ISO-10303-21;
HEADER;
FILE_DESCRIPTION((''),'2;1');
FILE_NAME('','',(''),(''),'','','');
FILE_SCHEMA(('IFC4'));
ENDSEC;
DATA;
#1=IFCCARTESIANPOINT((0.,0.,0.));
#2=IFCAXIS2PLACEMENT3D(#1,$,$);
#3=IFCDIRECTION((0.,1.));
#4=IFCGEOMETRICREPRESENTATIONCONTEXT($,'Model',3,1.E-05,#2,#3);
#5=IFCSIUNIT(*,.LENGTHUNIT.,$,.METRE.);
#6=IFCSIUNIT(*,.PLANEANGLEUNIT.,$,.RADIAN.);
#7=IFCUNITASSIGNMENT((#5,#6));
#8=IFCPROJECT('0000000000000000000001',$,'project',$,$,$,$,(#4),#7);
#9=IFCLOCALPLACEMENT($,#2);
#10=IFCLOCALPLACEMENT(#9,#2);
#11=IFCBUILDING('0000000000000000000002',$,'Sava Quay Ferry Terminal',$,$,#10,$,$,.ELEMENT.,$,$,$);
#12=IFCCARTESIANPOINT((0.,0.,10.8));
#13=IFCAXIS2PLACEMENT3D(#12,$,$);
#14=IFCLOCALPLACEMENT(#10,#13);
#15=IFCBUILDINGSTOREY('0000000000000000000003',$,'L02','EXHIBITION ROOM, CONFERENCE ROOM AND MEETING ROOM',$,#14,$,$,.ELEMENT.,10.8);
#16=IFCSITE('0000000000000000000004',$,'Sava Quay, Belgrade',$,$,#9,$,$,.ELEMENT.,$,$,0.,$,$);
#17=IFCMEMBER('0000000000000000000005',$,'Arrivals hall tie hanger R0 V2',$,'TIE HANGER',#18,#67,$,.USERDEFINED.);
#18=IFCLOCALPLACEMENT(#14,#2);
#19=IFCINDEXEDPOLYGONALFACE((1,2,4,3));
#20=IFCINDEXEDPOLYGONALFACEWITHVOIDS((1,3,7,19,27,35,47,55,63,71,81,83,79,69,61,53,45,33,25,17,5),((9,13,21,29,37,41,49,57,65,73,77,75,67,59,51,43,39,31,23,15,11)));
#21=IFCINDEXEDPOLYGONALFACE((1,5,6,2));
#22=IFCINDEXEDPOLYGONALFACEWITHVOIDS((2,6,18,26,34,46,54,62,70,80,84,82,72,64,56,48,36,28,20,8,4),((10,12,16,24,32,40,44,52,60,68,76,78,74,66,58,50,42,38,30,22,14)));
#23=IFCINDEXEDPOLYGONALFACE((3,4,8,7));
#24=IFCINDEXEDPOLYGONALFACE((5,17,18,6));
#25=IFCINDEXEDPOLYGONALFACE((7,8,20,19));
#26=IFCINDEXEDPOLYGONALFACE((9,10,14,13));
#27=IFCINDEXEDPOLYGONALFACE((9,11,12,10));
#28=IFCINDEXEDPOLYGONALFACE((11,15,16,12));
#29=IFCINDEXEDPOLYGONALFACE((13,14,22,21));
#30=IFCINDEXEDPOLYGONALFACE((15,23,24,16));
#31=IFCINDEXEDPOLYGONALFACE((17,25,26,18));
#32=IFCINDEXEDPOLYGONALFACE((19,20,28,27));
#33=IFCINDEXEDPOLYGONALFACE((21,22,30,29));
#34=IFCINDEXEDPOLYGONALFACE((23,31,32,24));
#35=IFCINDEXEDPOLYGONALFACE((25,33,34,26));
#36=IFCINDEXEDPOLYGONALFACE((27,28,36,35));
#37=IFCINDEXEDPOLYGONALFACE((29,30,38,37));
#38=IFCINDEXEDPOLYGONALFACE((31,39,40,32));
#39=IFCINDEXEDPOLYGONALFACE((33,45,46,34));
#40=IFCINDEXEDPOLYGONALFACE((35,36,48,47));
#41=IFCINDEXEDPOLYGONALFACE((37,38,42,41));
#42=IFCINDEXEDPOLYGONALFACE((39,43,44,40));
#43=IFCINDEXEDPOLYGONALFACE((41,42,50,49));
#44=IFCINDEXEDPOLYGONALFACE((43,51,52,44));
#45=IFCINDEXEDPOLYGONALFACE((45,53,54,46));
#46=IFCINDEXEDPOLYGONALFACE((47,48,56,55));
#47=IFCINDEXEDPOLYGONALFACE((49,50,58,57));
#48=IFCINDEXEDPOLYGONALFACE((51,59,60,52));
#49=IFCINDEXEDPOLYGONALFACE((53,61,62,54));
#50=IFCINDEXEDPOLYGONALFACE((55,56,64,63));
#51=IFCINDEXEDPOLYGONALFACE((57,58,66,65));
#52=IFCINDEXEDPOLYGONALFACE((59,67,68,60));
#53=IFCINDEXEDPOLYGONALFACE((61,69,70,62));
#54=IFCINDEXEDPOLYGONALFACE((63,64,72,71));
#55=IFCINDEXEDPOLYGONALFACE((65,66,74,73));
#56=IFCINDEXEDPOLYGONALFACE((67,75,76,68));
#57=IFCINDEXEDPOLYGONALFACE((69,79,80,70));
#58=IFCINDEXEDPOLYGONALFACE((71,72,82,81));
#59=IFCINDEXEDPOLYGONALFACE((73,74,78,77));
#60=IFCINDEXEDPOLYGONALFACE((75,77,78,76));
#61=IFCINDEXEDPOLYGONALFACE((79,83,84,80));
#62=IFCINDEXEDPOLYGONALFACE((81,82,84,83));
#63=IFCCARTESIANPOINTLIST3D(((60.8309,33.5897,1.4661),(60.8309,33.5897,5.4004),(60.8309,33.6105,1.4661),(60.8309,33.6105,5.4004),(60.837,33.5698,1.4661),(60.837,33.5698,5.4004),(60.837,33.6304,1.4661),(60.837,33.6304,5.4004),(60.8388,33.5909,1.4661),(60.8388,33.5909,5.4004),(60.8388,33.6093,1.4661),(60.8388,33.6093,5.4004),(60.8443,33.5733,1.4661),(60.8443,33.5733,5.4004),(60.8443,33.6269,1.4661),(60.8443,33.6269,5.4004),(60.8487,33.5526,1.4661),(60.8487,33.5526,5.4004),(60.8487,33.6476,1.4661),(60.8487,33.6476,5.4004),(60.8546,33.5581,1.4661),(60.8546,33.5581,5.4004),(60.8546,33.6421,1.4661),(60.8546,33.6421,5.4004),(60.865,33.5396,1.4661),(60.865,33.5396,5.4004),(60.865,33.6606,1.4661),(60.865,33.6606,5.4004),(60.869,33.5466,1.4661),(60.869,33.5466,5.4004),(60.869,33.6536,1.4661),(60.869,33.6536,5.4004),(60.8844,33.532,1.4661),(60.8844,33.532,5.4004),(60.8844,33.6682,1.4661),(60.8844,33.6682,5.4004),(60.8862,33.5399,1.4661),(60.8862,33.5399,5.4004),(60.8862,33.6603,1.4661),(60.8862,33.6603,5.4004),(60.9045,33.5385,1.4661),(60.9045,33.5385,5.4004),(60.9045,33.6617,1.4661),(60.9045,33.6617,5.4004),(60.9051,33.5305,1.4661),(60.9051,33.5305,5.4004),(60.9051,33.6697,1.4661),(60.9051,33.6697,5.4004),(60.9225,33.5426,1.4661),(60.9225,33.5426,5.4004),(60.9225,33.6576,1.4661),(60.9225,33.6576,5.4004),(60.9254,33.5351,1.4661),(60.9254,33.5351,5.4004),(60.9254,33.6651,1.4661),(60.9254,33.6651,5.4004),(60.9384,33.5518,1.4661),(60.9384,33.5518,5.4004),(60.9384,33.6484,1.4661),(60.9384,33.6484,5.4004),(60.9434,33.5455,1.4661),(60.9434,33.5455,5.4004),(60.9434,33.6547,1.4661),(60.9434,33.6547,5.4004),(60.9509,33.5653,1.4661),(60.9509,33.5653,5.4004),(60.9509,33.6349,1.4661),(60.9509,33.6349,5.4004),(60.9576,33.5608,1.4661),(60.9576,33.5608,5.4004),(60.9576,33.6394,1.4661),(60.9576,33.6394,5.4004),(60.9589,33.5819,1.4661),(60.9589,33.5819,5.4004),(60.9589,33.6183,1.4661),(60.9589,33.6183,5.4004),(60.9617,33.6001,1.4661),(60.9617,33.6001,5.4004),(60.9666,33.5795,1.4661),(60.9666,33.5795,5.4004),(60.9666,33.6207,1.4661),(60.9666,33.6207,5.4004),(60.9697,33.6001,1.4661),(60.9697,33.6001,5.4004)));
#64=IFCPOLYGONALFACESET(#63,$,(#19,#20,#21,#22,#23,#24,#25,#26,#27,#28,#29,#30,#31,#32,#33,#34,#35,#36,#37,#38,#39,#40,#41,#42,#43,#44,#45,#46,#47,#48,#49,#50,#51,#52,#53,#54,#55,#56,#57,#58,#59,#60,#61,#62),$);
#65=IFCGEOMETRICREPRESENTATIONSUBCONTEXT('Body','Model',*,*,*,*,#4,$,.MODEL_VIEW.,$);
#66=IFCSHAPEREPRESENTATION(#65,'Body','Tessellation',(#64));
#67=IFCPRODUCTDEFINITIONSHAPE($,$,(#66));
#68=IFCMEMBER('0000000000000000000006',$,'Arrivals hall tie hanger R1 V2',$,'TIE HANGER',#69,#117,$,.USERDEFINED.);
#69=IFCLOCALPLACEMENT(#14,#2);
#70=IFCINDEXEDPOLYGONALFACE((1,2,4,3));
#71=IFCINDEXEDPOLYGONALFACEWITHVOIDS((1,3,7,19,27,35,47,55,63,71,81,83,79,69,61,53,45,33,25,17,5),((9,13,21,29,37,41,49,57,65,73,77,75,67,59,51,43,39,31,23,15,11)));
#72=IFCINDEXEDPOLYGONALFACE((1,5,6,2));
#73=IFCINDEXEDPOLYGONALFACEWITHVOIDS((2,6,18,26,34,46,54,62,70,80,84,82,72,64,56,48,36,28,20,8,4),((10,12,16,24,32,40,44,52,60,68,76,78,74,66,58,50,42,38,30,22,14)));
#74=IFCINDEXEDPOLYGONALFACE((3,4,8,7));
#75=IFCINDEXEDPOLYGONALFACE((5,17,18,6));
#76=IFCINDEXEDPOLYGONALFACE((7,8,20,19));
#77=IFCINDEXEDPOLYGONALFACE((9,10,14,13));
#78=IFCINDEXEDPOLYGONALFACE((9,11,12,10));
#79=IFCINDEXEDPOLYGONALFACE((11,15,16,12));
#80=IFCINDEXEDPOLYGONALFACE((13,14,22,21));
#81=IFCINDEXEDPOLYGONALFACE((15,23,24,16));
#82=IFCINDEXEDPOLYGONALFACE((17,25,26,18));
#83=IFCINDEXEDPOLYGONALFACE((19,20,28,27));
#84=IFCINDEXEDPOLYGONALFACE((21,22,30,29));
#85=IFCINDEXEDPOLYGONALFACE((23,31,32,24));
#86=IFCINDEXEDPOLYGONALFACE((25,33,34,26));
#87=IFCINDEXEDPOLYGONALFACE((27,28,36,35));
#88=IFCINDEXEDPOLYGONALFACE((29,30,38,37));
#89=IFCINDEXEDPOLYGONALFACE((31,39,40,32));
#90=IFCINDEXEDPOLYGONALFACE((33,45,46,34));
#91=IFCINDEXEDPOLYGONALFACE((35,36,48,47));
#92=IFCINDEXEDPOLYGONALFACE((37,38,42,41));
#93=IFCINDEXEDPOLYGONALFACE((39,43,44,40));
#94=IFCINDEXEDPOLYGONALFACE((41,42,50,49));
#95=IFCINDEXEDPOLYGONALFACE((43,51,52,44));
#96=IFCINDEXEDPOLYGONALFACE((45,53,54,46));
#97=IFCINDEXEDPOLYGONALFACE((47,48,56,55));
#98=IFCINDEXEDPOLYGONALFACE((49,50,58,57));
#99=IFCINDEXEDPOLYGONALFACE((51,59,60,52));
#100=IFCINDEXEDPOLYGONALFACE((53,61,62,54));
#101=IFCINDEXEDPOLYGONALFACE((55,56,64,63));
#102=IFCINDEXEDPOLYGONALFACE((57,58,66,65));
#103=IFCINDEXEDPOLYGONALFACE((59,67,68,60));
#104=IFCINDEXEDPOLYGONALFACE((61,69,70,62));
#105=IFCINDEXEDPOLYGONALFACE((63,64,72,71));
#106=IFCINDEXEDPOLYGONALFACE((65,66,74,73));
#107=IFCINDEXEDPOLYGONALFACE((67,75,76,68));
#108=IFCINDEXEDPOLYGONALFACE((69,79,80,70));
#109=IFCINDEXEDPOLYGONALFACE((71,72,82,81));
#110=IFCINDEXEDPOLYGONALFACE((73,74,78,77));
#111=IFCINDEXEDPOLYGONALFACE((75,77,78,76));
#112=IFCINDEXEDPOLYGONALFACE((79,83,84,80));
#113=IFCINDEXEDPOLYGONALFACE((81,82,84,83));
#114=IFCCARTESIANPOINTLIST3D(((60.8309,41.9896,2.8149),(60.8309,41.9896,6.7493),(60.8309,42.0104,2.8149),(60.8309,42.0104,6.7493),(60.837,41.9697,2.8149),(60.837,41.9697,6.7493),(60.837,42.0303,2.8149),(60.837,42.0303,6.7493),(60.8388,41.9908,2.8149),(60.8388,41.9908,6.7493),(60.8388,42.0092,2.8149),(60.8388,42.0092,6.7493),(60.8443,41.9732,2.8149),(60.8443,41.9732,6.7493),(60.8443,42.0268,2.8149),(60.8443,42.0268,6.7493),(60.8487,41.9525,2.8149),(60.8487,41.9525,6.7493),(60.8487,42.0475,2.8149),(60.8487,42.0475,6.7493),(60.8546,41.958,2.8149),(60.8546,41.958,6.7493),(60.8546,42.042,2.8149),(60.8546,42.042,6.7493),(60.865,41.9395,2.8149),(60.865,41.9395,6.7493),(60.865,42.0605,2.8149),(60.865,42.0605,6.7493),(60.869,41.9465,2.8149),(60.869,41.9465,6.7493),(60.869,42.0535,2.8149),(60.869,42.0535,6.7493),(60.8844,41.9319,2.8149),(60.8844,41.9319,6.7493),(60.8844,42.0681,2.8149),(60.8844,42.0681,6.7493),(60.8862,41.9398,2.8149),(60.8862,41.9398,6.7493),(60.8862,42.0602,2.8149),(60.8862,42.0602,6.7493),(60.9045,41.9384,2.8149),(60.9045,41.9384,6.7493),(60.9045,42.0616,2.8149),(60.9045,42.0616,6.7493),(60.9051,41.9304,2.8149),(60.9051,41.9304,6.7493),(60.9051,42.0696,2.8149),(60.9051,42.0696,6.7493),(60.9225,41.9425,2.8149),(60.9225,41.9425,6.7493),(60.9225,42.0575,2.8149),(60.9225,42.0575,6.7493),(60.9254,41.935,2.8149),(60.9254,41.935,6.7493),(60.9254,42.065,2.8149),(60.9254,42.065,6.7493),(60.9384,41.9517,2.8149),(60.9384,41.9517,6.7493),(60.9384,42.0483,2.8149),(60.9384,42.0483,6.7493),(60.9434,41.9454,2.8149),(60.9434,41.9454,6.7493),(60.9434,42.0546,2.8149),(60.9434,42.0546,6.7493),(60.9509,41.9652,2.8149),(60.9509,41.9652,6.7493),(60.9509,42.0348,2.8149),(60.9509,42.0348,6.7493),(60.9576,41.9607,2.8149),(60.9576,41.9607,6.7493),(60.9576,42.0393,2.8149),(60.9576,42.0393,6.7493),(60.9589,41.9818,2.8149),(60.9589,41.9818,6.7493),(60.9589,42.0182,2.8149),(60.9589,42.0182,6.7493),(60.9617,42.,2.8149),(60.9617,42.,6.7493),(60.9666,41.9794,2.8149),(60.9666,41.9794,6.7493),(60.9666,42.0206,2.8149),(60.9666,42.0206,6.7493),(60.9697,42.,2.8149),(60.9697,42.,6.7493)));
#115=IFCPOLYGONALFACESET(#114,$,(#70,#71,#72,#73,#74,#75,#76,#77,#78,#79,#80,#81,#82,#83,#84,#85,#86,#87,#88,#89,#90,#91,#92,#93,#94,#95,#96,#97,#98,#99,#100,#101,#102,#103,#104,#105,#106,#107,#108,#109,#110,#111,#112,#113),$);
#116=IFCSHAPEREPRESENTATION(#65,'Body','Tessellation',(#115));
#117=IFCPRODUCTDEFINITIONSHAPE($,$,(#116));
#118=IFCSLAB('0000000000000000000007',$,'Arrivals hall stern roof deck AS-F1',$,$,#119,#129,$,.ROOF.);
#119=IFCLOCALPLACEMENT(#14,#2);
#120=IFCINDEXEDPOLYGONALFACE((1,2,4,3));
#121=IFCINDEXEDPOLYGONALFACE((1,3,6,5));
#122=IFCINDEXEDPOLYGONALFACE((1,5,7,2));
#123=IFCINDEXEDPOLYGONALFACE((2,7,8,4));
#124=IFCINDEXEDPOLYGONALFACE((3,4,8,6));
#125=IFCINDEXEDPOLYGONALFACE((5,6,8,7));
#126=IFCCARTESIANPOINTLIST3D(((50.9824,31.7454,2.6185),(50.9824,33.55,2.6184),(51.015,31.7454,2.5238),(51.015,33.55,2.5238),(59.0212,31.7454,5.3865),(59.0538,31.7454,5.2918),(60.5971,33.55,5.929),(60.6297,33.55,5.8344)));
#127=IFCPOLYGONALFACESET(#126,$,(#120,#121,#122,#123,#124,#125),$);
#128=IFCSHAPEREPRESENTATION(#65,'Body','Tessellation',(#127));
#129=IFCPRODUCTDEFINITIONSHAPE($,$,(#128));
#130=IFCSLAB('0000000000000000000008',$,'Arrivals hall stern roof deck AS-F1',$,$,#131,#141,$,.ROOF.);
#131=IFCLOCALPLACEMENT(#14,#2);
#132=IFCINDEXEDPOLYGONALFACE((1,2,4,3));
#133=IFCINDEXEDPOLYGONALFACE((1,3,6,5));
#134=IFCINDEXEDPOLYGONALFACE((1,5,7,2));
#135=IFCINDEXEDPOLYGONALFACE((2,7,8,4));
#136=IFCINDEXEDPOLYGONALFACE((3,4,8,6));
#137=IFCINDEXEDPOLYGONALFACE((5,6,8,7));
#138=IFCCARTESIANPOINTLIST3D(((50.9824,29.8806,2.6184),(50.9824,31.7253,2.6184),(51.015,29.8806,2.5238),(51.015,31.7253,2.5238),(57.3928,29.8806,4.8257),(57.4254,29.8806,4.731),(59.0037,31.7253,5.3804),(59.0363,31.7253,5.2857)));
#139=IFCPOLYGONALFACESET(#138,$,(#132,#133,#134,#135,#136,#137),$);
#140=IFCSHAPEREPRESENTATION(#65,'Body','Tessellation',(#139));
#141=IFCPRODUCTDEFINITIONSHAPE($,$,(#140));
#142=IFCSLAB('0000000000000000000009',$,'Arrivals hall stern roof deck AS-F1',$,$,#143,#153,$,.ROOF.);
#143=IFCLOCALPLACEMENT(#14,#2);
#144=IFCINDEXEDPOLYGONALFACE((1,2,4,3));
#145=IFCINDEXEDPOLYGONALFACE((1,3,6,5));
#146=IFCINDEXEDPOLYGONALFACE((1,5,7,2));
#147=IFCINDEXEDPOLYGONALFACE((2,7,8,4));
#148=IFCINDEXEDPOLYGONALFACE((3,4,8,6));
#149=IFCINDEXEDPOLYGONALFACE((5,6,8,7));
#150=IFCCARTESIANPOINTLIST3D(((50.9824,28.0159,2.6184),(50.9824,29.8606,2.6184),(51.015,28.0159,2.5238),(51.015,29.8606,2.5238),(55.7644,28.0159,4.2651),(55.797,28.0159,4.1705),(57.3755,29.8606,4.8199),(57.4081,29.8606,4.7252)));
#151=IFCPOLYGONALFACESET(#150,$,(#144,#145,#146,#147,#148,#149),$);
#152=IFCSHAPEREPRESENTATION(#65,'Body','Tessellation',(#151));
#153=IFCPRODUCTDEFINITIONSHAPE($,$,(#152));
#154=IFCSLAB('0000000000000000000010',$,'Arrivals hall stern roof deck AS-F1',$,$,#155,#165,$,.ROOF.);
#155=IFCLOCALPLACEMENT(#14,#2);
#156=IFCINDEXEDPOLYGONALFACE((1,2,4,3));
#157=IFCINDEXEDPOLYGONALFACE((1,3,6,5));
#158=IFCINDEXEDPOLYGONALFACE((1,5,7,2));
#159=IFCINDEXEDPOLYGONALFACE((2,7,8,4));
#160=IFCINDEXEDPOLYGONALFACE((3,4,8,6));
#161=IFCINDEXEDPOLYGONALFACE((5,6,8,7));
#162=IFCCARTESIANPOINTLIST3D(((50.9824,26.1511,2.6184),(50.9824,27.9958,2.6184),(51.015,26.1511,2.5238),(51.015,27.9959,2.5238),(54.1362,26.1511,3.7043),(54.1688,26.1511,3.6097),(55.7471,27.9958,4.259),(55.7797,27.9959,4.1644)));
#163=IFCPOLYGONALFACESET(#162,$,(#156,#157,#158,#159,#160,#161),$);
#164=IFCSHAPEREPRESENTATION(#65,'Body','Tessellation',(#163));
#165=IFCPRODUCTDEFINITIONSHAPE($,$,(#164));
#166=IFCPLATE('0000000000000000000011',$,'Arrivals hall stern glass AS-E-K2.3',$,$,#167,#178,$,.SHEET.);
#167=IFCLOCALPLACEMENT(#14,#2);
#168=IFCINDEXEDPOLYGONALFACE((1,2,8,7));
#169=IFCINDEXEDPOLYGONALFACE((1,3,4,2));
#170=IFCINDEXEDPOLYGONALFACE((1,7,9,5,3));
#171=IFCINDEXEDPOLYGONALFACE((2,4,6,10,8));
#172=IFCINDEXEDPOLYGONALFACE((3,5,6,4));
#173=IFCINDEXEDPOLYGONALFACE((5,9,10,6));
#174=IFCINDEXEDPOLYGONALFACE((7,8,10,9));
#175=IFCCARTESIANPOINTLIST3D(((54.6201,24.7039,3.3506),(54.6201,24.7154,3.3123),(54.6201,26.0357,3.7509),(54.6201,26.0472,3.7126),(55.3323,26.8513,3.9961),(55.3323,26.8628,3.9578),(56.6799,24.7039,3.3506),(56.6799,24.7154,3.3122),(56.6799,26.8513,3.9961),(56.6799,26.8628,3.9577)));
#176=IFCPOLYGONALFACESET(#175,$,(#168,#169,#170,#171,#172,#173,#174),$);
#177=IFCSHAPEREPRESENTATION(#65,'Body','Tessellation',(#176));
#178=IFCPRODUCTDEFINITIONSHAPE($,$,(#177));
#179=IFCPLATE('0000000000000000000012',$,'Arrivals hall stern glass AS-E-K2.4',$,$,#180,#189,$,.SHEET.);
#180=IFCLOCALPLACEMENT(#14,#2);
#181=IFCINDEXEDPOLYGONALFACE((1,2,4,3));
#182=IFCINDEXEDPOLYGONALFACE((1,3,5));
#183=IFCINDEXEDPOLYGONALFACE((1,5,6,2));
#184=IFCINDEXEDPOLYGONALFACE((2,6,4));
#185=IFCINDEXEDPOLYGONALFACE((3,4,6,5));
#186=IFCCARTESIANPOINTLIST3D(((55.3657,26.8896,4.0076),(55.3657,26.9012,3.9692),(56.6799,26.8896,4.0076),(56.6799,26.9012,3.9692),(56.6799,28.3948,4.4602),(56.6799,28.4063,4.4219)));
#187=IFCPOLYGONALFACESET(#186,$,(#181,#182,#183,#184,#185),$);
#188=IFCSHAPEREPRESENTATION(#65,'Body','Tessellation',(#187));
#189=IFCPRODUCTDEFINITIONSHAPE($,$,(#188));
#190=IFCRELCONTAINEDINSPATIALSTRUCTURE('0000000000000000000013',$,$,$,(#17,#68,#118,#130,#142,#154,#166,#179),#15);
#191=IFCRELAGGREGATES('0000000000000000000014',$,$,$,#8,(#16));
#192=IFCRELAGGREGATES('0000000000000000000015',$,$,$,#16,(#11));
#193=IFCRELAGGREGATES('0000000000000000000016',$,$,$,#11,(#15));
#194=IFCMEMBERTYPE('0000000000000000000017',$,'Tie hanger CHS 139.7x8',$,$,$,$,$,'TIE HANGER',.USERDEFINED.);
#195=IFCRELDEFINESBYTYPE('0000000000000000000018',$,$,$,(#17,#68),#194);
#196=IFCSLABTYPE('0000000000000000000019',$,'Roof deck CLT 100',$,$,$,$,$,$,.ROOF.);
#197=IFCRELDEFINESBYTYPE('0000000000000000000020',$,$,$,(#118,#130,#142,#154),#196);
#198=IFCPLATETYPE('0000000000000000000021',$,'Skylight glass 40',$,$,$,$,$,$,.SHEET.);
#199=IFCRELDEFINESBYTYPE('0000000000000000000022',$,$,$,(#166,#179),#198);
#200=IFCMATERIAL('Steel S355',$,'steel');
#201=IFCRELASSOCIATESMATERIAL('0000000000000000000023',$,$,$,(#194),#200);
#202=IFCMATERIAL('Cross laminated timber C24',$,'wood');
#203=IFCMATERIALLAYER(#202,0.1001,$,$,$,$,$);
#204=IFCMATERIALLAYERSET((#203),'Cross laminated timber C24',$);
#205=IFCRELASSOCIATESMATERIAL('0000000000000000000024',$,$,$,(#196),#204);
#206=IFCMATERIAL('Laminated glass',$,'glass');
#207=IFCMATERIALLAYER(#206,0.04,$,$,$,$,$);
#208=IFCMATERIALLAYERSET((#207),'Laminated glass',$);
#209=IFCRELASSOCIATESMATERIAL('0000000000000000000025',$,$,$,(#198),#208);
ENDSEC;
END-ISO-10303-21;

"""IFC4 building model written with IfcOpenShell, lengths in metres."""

from ifc_helpers import new_model, si_unit, direction, frame, origin, origin_2d, place, context, subcontext, project, spatial, polyline, hollow_circle, outline, extrude, material, layer, layer_set, material_profile, profile_set, type_object, element, save


model = new_model("IFC4")

# Units and contexts
model_context = context("Model", 3, precision=1e-05, world=origin(), true_north=direction((0.0, 1.0)))
body_context = subcontext(model_context, "Body", "Model", "MODEL_VIEW")
ifc_project = project(units=[si_unit("LENGTHUNIT", "METRE"), si_unit("PLANEANGLEUNIT", "RADIAN")], contexts=[model_context])

# Site, building, storey
site_placement = place(None, origin())
site = spatial("IfcSite", under=ifc_project, at=site_placement, Name="Sava Quay, Belgrade", CompositionType="ELEMENT", RefElevation=0.0)
building_placement = place(site_placement, origin())
building = spatial("IfcBuilding", under=site, at=building_placement, Name="Sava Quay Ferry Terminal", CompositionType="ELEMENT")
storey_placement = place(building_placement, frame((0.0, 0.0, 10.8)))
storey = spatial("IfcBuildingStorey", under=building, at=storey_placement, Name="L02", Description="EXHIBITION ROOM, CONFERENCE ROOM AND MEETING ROOM", CompositionType="ELEMENT", Elevation=10.8)

# Members
ifc_material_1 = material(Name="Steel S355", Category="steel")
ifc_material_profile_1 = material_profile(ifc_material_1, hollow_circle(Radius=0.0698, WallThickness=0.0081, at=origin_2d()), Name="CHS 139.7 x 8.0")
ifc_profile_set_1 = profile_set([ifc_material_profile_1], Name="Steel S355")
member_type_1 = type_object("IfcMemberType", Name="Tie hanger CHS 139.7x8", ElementType="TIE HANGER", PredefinedType="USERDEFINED", material=ifc_profile_set_1)
for number, where, z_axis, x_axis, name in (
    (1, (60.8999, 33.6001, 1.4661), (0.0, 0.0, 1.0), (1.0, 0.0, 0.0), "Arrivals hall tie hanger R0 V2"),
    (2, (60.8999, 42.0, 2.8149), (0.0, 0.0, 1.0), (1.0, 0.0, 0.0), "Arrivals hall tie hanger R1 V2"),
):
    element("IfcMember", number, at=place(storey_placement, frame(where, z_axis=z_axis, x_axis=x_axis)), inside=storey, type_object=member_type_1, Name=name, ObjectType="TIE HANGER", PredefinedType="USERDEFINED", context=body_context, shape_type="SweptSolid", body=[
        extrude(hollow_circle(Radius=0.0698, WallThickness=0.0081, at=origin_2d()), origin(), (0.0, 0.0, 1.0), 3.9343),
    ])

# Slabs
ifc_material_2 = material(Name="Cross laminated timber C24", Category="wood")
ifc_layer_1 = layer(ifc_material_2, 0.1001)
ifc_layer_set_1 = layer_set([ifc_layer_1], Name="Cross laminated timber C24")
slab_type = type_object("IfcSlabType", Name="Roof deck CLT 100", PredefinedType="ROOF", material=ifc_layer_set_1)
slab_1_placement = place(storey_placement, frame((59.0212, 31.7454, 5.3865), z_axis=(-0.325568, 0.000041, 0.945519), x_axis=(-0.945519, 0.0, -0.325568)))
element("IfcSlab", 3, at=slab_1_placement, inside=storey, type_object=slab_type, Name="Arrivals hall stern roof deck AS-F1", PredefinedType="ROOF", context=body_context, shape_type="SweptSolid", body=[
    extrude(outline(polyline([(0.0, 0.0), (8.502, 0.0), (8.502, -1.8047), (-1.6667, -1.8047), (0.0, 0.0)])), origin(), (0.0, 0.0, -1.0), 0.1001),
])
slab_2_placement = place(storey_placement, frame((57.3928, 29.8806, 4.8257), z_axis=(-0.32557, -0.000007, 0.945518), x_axis=(-0.945518, 0.0, -0.32557)))
element("IfcSlab", 4, at=slab_2_placement, inside=storey, type_object=slab_type, Name="Arrivals hall stern roof deck AS-F1", PredefinedType="ROOF", context=body_context, shape_type="SweptSolid", body=[
    extrude(outline(polyline([(0.0, 0.0), (6.7798, 0.0), (6.7798, -1.8447), (-1.7037, -1.8447), (0.0, 0.0)])), origin(), (0.0, 0.0, -1.0), 0.1001),
])
slab_3_placement = place(storey_placement, frame((55.7644, 28.0159, 4.2651), z_axis=(-0.325588, 0.000023, 0.945512), x_axis=(-0.945512, 0.0, -0.325588)))
element("IfcSlab", 5, at=slab_3_placement, inside=storey, type_object=slab_type, Name="Arrivals hall stern roof deck AS-F1", PredefinedType="ROOF", context=body_context, shape_type="SweptSolid", body=[
    extrude(outline(polyline([(0.0, 0.0), (5.0576, 0.0), (5.0576, -1.8447), (-1.7039, -1.8447), (0.0, 0.0)])), origin(), (0.0, 0.0, -1.0), 0.1001),
])
slab_4_placement = place(storey_placement, frame((54.1362, 26.1511, 3.7043), z_axis=(-0.32557, -0.000007, 0.945518), x_axis=(-0.945518, 0.0, -0.32557)))
element("IfcSlab", 6, at=slab_4_placement, inside=storey, type_object=slab_type, Name="Arrivals hall stern roof deck AS-F1", PredefinedType="ROOF", context=body_context, shape_type="SweptSolid", body=[
    extrude(outline(polyline([(0.0, 0.0), (3.3355, 0.0), (3.3355, -1.8447), (-1.7037, -1.8447), (0.0, 0.0)])), origin(), (0.0, 0.0, -1.0), 0.1001),
])

# Plates
ifc_material_3 = material(Name="Laminated glass", Category="glass")
ifc_layer_2 = layer(ifc_material_3, 0.04)
ifc_layer_set_2 = layer_set([ifc_layer_2], Name="Laminated glass")
plate_type = type_object("IfcPlateType", Name="Skylight glass 40", PredefinedType="SHEET", material=ifc_layer_set_2)
plate_1_placement = place(storey_placement, frame((56.6799, 26.8513, 3.9961), z_axis=(0.000017, -0.287872, 0.957669), x_axis=(0.0, -0.957669, -0.287872)))
element("IfcPlate", 7, at=plate_1_placement, inside=storey, type_object=plate_type, Name="Arrivals hall stern glass AS-E-K2.3", PredefinedType="SHEET", context=body_context, shape_type="SweptSolid", body=[
    extrude(outline(polyline([(0.0, 0.0), (2.2424, 0.0), (2.2424, -2.0598), (0.8517, -2.0598), (0.0, -1.3477), (0.0, 0.0)])), origin(), (0.0, 0.0, -1.0), 0.04),
])
plate_2_placement = place(storey_placement, frame((56.6799, 26.8896, 4.0076), z_axis=(0.0, -0.287989, 0.957634), x_axis=(-1.0, 0.0, 0.0)))
element("IfcPlate", 8, at=plate_2_placement, inside=storey, type_object=plate_type, Name="Arrivals hall stern glass AS-E-K2.4", PredefinedType="SHEET", context=body_context, shape_type="SweptSolid", body=[
    extrude(outline(polyline([(0.0, 0.0), (1.3142, 0.0), (0.0, -1.5717), (0.0, 0.0)])), origin(), (0.0, 0.0, -1.0), 0.04),
])

save(model, "model.ifc")
